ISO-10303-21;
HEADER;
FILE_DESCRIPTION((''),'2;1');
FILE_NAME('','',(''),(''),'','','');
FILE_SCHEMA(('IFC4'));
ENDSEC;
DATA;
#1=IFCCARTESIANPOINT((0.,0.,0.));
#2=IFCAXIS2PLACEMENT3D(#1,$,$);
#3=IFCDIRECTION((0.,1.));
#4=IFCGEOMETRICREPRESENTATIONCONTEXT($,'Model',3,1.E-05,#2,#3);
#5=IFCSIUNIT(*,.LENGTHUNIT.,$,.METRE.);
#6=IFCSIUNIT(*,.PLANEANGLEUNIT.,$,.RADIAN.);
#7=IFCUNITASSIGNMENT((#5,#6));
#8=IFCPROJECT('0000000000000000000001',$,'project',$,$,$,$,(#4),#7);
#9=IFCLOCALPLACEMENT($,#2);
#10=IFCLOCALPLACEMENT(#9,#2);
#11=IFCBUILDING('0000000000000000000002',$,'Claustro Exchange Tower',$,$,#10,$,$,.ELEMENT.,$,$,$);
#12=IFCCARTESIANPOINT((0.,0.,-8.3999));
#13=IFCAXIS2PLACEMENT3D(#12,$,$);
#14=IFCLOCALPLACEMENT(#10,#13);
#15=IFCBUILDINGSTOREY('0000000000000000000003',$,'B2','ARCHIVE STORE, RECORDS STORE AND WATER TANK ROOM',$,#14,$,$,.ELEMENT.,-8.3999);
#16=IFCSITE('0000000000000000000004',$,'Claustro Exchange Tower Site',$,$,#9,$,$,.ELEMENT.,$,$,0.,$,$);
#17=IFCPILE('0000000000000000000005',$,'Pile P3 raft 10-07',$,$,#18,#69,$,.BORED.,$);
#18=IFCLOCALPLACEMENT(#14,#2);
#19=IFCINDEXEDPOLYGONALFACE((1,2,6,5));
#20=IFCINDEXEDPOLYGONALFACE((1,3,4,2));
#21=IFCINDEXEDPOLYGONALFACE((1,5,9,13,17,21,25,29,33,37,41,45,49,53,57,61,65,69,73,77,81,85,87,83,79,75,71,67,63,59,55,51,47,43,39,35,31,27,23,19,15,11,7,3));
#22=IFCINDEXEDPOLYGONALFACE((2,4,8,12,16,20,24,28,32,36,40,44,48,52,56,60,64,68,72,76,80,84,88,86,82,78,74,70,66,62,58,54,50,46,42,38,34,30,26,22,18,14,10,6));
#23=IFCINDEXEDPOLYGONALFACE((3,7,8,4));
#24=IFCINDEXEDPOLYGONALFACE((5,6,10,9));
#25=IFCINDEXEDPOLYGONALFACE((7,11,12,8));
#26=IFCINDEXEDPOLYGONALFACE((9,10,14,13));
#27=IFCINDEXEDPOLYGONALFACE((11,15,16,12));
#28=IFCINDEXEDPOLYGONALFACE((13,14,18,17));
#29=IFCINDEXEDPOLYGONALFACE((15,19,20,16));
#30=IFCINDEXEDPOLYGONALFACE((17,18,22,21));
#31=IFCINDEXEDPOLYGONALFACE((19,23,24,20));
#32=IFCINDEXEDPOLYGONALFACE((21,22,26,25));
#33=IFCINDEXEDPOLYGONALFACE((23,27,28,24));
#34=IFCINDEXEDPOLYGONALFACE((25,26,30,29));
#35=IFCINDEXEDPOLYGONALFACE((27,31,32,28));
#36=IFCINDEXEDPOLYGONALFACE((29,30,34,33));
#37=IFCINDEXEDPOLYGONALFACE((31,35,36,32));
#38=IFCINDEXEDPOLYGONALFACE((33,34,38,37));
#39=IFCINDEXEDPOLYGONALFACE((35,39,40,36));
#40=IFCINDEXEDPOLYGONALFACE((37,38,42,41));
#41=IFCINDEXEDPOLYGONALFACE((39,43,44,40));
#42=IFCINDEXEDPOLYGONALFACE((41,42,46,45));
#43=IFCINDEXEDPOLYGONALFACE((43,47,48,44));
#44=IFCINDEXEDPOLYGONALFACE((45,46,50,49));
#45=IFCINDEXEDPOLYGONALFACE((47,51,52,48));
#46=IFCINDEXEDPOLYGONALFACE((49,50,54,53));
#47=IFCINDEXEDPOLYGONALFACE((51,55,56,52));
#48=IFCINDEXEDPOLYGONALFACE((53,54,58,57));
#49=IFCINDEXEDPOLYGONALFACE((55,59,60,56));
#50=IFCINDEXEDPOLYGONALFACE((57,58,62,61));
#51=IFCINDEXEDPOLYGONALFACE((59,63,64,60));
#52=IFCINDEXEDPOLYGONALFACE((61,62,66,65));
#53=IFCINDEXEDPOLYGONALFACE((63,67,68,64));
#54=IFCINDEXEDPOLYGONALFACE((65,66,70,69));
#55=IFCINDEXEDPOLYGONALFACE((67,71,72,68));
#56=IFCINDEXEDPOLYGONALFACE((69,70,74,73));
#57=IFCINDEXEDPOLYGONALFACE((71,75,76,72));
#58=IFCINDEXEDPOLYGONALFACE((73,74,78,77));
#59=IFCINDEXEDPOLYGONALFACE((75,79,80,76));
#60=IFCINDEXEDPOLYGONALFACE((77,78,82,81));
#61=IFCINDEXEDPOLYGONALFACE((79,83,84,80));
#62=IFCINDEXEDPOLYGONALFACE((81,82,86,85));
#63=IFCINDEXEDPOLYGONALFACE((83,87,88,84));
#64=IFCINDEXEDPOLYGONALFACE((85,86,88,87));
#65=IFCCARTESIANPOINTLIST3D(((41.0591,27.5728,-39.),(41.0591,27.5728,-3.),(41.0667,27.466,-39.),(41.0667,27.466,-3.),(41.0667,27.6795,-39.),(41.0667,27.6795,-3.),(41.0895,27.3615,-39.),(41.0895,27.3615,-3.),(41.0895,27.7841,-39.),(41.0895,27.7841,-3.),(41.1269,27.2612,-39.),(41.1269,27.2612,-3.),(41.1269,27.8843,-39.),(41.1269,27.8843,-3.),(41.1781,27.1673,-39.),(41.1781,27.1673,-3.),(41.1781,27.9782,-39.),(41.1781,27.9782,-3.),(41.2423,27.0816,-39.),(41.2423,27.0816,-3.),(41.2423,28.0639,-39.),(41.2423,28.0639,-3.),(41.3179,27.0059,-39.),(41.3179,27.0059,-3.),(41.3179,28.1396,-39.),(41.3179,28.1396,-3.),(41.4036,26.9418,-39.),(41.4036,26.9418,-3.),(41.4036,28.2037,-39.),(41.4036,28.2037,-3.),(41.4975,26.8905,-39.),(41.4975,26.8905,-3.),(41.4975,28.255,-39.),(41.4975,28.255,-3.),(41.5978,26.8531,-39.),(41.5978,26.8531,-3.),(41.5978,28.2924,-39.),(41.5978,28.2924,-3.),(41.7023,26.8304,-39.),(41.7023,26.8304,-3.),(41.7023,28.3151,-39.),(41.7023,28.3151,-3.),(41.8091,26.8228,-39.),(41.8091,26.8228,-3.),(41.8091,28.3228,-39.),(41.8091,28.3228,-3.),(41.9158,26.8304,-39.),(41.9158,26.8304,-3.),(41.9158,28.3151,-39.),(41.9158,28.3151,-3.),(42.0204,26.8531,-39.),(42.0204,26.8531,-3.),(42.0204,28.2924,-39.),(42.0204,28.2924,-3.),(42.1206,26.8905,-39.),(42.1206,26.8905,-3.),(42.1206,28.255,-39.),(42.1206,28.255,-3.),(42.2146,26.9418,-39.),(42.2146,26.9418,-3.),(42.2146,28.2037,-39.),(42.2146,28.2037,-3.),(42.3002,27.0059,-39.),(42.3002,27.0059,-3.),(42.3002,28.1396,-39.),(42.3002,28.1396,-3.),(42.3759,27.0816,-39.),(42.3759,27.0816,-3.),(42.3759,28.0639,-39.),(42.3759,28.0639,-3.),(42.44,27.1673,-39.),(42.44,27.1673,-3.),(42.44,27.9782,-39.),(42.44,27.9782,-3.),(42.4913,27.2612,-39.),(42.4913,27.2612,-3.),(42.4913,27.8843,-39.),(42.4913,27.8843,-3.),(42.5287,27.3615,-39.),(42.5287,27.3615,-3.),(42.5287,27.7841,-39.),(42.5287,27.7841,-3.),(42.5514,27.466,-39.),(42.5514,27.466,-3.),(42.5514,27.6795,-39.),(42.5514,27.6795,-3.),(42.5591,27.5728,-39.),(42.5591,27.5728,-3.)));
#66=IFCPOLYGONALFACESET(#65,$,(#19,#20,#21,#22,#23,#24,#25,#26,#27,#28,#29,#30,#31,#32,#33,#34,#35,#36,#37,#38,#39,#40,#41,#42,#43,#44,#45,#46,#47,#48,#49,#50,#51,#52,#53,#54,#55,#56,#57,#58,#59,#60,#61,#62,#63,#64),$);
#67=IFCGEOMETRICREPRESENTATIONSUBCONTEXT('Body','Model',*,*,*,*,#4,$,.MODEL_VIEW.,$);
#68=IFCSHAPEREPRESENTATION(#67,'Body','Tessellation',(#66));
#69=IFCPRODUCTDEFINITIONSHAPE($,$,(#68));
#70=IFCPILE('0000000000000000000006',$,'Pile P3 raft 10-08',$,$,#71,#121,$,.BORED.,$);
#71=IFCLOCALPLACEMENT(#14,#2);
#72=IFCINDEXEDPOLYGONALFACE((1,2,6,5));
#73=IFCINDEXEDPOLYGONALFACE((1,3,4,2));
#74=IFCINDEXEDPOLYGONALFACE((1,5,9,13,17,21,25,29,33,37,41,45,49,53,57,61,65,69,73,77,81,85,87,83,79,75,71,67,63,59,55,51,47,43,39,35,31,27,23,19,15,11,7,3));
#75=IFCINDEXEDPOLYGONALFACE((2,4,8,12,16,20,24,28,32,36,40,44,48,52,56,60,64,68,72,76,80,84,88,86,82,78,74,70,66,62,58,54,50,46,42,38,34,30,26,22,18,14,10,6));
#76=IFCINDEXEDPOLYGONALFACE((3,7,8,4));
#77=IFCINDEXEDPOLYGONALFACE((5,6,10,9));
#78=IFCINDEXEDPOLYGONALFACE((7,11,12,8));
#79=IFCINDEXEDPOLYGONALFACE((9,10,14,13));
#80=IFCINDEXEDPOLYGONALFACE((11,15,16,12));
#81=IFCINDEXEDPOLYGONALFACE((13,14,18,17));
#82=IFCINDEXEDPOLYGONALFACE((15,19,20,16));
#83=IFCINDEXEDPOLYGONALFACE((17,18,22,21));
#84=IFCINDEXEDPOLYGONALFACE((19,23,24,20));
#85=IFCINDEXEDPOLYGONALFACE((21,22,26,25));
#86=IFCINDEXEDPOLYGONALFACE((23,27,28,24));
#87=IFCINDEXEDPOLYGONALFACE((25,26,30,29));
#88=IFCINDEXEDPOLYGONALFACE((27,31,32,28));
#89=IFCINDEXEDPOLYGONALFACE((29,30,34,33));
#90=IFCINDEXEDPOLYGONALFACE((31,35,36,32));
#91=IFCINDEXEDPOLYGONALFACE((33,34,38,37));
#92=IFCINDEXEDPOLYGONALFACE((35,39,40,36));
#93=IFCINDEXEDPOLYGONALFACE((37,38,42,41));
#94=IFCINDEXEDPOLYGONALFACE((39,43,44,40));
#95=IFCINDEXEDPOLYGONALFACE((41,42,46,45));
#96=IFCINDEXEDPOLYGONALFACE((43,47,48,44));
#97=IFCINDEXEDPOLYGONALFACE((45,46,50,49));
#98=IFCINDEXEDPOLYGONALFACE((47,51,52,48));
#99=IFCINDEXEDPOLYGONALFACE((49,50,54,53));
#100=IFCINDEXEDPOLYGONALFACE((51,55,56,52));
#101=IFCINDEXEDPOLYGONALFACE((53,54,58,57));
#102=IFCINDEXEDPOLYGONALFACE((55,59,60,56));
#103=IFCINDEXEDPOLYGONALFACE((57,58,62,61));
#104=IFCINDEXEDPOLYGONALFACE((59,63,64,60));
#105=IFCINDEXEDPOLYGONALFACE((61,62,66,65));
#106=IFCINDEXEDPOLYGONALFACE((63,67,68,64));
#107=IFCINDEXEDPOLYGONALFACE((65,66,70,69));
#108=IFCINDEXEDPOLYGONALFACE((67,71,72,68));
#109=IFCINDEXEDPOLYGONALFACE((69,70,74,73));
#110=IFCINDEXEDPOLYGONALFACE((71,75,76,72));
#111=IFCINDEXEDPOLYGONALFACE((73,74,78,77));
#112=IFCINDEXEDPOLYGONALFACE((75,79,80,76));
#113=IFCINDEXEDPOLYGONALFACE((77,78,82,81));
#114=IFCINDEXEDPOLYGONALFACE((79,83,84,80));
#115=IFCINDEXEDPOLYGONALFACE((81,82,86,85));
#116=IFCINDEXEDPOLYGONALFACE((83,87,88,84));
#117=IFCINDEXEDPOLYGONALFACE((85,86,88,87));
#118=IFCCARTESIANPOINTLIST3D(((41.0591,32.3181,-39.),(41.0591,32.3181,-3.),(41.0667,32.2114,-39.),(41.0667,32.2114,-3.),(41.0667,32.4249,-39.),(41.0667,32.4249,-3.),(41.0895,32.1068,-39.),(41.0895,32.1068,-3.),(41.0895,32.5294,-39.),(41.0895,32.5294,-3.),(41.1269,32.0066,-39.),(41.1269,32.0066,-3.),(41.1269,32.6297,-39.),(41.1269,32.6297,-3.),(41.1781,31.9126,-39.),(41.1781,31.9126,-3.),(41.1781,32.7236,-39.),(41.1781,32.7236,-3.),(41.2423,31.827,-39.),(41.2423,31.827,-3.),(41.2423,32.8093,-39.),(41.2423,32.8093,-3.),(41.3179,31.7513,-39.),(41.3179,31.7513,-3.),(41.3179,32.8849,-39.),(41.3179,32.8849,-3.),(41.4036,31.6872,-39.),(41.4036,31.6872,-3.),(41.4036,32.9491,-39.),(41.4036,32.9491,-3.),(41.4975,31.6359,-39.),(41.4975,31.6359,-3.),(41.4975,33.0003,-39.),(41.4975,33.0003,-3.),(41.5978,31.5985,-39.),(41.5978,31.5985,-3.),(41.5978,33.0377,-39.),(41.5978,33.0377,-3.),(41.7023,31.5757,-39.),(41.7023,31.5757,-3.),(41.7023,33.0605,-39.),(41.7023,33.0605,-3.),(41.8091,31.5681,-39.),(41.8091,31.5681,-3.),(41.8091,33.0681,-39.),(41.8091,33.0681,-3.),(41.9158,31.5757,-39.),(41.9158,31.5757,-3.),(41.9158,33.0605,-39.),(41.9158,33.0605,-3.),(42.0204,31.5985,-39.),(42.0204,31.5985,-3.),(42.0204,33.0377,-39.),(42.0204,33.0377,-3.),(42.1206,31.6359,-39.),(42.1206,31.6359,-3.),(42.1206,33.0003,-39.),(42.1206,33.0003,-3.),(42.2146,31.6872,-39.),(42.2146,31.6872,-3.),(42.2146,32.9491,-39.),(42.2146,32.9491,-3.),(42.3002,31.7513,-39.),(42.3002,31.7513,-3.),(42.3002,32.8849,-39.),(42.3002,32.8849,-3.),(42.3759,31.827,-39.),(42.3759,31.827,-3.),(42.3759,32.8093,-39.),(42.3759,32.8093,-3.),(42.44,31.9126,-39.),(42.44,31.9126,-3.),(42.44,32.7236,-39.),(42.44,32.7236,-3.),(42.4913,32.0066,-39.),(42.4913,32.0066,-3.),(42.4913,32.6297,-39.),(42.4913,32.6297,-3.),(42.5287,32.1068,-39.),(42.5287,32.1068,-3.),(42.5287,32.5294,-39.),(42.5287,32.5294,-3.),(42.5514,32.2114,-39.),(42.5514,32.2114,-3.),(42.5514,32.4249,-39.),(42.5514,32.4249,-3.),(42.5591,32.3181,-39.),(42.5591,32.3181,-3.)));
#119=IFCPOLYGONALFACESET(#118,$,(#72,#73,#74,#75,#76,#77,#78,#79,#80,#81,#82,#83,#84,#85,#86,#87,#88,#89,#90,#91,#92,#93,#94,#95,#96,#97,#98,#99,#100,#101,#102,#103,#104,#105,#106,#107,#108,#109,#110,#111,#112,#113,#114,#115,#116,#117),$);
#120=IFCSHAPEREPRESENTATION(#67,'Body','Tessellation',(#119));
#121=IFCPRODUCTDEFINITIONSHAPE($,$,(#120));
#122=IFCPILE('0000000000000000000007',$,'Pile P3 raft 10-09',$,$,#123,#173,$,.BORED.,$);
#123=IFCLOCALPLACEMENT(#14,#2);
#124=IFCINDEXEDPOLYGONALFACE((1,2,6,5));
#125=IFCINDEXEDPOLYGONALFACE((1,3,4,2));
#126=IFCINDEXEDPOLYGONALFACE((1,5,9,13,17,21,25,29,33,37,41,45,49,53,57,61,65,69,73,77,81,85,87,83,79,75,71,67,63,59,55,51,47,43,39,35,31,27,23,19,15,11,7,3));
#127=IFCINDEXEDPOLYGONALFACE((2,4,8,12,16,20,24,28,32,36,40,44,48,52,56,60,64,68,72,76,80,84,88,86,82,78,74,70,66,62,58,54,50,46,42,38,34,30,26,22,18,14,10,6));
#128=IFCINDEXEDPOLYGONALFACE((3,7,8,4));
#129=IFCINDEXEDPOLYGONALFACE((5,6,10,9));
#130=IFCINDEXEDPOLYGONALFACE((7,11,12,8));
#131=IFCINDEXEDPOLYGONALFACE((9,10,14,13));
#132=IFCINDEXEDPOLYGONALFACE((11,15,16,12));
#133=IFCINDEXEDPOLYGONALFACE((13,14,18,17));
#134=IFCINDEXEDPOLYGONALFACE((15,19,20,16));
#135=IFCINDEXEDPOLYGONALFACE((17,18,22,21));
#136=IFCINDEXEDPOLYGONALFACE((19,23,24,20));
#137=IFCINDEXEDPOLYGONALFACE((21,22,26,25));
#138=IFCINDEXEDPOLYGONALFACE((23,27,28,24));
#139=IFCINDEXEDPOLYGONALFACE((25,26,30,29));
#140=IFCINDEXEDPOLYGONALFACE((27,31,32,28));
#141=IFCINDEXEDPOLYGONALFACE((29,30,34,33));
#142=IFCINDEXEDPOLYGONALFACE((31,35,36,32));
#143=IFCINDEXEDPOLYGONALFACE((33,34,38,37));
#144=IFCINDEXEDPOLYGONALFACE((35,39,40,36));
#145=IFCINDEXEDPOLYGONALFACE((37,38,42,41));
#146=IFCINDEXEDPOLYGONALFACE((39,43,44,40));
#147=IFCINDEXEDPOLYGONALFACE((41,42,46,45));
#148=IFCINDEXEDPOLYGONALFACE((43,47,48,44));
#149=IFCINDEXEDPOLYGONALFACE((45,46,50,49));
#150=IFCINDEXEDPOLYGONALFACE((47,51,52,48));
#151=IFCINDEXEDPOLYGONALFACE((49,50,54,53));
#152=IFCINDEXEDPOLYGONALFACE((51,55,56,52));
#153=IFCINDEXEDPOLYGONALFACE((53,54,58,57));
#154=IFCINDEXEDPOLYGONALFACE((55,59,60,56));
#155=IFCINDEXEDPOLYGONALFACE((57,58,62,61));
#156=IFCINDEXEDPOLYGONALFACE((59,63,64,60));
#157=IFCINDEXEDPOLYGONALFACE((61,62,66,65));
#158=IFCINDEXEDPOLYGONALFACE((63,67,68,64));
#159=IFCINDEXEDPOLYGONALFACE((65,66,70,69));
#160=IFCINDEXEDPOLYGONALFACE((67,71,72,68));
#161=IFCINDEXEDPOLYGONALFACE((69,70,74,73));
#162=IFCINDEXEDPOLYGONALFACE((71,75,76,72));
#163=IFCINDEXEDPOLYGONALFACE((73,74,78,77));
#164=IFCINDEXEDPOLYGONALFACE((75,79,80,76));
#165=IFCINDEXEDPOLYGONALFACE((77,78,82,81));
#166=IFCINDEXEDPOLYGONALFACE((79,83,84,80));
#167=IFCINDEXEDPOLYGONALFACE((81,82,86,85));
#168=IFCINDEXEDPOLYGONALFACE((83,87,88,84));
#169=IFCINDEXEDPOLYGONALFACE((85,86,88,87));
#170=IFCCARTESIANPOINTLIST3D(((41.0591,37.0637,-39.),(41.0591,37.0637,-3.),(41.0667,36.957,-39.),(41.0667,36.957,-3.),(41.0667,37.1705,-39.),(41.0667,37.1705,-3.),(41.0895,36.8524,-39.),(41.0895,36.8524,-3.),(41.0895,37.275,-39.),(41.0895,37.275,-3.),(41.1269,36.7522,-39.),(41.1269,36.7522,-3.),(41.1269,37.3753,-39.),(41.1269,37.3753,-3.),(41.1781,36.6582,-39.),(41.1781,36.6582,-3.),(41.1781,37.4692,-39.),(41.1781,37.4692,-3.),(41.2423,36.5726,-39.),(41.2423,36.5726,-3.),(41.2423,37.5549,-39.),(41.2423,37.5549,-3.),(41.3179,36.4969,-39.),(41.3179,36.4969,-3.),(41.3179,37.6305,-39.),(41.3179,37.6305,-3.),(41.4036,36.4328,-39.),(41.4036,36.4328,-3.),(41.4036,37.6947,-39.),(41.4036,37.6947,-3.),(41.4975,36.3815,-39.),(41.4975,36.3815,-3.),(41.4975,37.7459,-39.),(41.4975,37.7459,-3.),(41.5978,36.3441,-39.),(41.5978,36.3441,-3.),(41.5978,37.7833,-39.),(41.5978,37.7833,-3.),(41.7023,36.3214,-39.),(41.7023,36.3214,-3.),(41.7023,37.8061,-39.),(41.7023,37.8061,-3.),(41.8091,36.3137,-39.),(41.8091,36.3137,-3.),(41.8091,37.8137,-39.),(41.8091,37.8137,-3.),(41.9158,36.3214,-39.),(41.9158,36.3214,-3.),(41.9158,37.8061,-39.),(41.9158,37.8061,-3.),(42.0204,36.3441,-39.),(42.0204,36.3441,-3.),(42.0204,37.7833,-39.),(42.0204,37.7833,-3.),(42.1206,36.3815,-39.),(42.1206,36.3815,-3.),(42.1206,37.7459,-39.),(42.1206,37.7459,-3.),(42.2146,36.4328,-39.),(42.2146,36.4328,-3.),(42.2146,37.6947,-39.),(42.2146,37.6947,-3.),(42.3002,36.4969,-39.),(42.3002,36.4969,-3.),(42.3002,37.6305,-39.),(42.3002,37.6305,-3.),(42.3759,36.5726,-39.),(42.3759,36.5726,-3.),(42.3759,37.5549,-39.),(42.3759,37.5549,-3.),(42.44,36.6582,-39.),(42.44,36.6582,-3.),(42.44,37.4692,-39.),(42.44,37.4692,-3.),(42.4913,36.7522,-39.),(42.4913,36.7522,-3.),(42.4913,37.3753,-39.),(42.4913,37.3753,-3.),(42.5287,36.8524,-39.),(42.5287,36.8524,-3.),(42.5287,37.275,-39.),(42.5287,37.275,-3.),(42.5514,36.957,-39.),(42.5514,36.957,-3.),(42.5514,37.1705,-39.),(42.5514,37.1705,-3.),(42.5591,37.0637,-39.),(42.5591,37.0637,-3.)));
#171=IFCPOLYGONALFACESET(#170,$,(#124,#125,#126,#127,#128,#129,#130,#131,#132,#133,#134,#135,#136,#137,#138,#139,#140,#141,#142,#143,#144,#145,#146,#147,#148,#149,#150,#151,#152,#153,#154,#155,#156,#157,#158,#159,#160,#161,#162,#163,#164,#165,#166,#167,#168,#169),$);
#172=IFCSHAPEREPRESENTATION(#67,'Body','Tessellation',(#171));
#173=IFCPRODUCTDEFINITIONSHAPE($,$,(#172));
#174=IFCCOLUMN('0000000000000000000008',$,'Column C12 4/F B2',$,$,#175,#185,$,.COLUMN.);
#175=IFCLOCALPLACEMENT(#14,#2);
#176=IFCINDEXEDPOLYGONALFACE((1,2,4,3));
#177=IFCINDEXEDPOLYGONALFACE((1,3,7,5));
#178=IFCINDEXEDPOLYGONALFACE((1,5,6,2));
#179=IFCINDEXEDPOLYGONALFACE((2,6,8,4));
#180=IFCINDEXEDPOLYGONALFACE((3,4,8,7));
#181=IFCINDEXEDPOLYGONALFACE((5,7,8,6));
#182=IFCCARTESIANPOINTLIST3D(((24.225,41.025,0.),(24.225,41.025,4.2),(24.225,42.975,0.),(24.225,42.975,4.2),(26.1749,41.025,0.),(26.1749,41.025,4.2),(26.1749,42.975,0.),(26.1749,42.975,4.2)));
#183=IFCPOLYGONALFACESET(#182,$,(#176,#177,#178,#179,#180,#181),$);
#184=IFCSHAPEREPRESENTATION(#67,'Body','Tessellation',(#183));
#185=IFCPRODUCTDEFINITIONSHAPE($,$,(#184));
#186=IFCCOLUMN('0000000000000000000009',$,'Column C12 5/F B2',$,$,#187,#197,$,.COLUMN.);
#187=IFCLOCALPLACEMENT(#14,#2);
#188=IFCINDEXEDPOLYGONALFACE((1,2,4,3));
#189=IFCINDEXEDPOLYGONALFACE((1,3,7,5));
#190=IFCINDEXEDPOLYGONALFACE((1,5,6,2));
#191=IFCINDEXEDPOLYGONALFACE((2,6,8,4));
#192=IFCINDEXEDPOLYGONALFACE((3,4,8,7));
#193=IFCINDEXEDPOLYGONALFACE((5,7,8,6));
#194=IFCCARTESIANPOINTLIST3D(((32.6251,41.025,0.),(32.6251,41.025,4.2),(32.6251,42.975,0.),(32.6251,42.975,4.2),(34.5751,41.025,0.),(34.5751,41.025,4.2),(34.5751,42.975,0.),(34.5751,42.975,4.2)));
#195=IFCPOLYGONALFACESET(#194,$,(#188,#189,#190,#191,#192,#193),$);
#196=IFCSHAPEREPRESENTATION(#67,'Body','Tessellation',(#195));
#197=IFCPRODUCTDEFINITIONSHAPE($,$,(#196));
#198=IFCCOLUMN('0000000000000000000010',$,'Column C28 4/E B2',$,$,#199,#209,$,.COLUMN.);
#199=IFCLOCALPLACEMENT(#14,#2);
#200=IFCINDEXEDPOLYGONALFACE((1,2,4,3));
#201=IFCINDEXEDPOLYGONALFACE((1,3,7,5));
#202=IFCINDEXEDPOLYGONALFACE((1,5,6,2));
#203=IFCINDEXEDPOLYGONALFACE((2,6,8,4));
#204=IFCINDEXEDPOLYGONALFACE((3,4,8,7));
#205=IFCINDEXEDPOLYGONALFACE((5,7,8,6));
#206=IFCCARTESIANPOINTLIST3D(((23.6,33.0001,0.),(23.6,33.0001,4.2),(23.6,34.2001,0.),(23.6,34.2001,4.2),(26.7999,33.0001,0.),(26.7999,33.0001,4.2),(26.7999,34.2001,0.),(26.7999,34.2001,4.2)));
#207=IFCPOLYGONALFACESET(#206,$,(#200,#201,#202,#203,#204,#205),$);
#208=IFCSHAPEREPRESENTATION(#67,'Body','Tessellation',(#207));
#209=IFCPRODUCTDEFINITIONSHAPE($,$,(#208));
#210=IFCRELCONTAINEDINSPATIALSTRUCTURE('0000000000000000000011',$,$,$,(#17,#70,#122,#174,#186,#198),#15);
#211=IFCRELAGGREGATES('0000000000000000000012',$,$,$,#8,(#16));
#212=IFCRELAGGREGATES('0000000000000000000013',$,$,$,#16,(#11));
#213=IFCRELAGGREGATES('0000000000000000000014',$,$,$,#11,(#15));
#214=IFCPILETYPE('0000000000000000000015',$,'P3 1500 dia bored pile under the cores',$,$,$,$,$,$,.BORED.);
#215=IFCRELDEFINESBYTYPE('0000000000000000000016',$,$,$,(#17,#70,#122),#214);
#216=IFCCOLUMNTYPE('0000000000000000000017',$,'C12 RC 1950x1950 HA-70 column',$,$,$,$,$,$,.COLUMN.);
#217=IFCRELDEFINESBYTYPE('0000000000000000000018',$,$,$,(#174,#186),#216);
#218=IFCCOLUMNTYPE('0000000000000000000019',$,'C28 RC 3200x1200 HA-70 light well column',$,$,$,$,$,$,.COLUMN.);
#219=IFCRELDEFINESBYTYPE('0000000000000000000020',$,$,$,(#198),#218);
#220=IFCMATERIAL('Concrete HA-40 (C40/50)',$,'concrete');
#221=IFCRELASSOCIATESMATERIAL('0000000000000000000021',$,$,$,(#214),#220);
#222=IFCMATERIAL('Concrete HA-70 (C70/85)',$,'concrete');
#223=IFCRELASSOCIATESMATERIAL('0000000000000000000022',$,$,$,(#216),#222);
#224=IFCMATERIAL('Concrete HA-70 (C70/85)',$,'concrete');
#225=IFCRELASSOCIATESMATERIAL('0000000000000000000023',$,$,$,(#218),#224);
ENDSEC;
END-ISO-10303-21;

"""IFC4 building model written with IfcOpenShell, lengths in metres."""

from ifc_helpers import new_model, si_unit, direction, frame, origin, origin_2d, place, context, subcontext, project, spatial, rectangle, circle, extrude, material, material_profile, profile_set, type_object, element, save


model = new_model("IFC4")

# Units and contexts
model_context = context("Model", 3, precision=1e-05, world=origin(), true_north=direction((0.0, 1.0)))
body_context = subcontext(model_context, "Body", "Model", "MODEL_VIEW")
ifc_project = project(units=[si_unit("LENGTHUNIT", "METRE"), si_unit("PLANEANGLEUNIT", "RADIAN")], contexts=[model_context])

# Site, building, storey
site_placement = place(None, origin())
site = spatial("IfcSite", under=ifc_project, at=site_placement, Name="Claustro Exchange Tower Site", CompositionType="ELEMENT", RefElevation=0.0)
building_placement = place(site_placement, origin())
building = spatial("IfcBuilding", under=site, at=building_placement, Name="Claustro Exchange Tower", CompositionType="ELEMENT")
storey_placement = place(building_placement, frame((0.0, 0.0, -8.3999)))
storey = spatial("IfcBuildingStorey", under=building, at=storey_placement, Name="B2", Description="ARCHIVE STORE, RECORDS STORE AND WATER TANK ROOM", CompositionType="ELEMENT", Elevation=-8.3999)

# Piles
ifc_material_1 = material(Name="Concrete HA-40 (C40/50)", Category="concrete")
pile_type_1 = type_object("IfcPileType", Name="P3 1500 dia bored pile under the cores", PredefinedType="BORED", material=ifc_material_1)
for number, where, z_axis, x_axis, name in (
    (1, (41.8091, 27.5728, -3.0), (0.0, 0.0, -1.0), (1.0, 0.0, 0.0), "Pile P3 raft 10-07"),
    (2, (41.8091, 32.3181, -3.0), (0.0, 0.0, -1.0), (1.0, 0.0, 0.0), "Pile P3 raft 10-08"),
    (3, (41.8091, 37.0637, -3.0), (0.0, 0.0, -1.0), (1.0, 0.0, 0.0), "Pile P3 raft 10-09"),
):
    element("IfcPile", number, at=place(storey_placement, frame(where, z_axis=z_axis, x_axis=x_axis)), inside=storey, type_object=pile_type_1, Name=name, PredefinedType="BORED", context=body_context, shape_type="SweptSolid", body=[
        extrude(circle(Radius=0.75, at=origin_2d()), origin(), (0.0, 0.0, 1.0), 36.0),
    ])

# Columns
ifc_material_2 = material(Name="Concrete HA-70 (C70/85)", Category="concrete")
ifc_material_profile_1 = material_profile(ifc_material_2, rectangle(XDim=1.95, YDim=1.95, at=origin_2d()), Name="RC 1950x1950")
ifc_profile_set_1 = profile_set([ifc_material_profile_1], Name="Concrete HA-70 (C70/85)")
column_type_1 = type_object("IfcColumnType", Name="C12 RC 1950x1950 HA-70 column", PredefinedType="COLUMN", material=ifc_profile_set_1)
for number, where, z_axis, x_axis, name in (
    (4, (25.2, 42.0, 0.0), (0.0, 0.0, 1.0), (1.0, 0.0, 0.0), "Column C12 4/F B2"),
    (5, (33.6001, 42.0, 0.0), (0.0, 0.0, 1.0), (1.0, 0.0, 0.0), "Column C12 5/F B2"),
):
    element("IfcColumn", number, at=place(storey_placement, frame(where, z_axis=z_axis, x_axis=x_axis)), inside=storey, type_object=column_type_1, Name=name, PredefinedType="COLUMN", context=body_context, shape_type="SweptSolid", body=[
        extrude(rectangle(XDim=1.95, YDim=1.95, at=origin_2d()), origin(), (0.0, 0.0, 1.0), 4.2),
    ])
ifc_material_3 = material(Name="Concrete HA-70 (C70/85)", Category="concrete")
ifc_material_profile_2 = material_profile(ifc_material_3, rectangle(XDim=3.2, YDim=1.2, at=origin_2d()), Name="RC 3200x1200")
ifc_profile_set_2 = profile_set([ifc_material_profile_2], Name="Concrete HA-70 (C70/85)")
column_type_2 = type_object("IfcColumnType", Name="C28 RC 3200x1200 HA-70 light well column", PredefinedType="COLUMN", material=ifc_profile_set_2)
column_placement = place(storey_placement, frame((25.2, 33.6001, 0.0), z_axis=(0.0, 0.0, 1.0), x_axis=(1.0, 0.0, 0.0)))
element("IfcColumn", 6, at=column_placement, inside=storey, type_object=column_type_2, Name="Column C28 4/E B2", PredefinedType="COLUMN", context=body_context, shape_type="SweptSolid", body=[
    extrude(rectangle(XDim=3.2, YDim=1.2, at=origin_2d()), origin(), (0.0, 0.0, 1.0), 4.2),
])

save(model, "model.ifc")
